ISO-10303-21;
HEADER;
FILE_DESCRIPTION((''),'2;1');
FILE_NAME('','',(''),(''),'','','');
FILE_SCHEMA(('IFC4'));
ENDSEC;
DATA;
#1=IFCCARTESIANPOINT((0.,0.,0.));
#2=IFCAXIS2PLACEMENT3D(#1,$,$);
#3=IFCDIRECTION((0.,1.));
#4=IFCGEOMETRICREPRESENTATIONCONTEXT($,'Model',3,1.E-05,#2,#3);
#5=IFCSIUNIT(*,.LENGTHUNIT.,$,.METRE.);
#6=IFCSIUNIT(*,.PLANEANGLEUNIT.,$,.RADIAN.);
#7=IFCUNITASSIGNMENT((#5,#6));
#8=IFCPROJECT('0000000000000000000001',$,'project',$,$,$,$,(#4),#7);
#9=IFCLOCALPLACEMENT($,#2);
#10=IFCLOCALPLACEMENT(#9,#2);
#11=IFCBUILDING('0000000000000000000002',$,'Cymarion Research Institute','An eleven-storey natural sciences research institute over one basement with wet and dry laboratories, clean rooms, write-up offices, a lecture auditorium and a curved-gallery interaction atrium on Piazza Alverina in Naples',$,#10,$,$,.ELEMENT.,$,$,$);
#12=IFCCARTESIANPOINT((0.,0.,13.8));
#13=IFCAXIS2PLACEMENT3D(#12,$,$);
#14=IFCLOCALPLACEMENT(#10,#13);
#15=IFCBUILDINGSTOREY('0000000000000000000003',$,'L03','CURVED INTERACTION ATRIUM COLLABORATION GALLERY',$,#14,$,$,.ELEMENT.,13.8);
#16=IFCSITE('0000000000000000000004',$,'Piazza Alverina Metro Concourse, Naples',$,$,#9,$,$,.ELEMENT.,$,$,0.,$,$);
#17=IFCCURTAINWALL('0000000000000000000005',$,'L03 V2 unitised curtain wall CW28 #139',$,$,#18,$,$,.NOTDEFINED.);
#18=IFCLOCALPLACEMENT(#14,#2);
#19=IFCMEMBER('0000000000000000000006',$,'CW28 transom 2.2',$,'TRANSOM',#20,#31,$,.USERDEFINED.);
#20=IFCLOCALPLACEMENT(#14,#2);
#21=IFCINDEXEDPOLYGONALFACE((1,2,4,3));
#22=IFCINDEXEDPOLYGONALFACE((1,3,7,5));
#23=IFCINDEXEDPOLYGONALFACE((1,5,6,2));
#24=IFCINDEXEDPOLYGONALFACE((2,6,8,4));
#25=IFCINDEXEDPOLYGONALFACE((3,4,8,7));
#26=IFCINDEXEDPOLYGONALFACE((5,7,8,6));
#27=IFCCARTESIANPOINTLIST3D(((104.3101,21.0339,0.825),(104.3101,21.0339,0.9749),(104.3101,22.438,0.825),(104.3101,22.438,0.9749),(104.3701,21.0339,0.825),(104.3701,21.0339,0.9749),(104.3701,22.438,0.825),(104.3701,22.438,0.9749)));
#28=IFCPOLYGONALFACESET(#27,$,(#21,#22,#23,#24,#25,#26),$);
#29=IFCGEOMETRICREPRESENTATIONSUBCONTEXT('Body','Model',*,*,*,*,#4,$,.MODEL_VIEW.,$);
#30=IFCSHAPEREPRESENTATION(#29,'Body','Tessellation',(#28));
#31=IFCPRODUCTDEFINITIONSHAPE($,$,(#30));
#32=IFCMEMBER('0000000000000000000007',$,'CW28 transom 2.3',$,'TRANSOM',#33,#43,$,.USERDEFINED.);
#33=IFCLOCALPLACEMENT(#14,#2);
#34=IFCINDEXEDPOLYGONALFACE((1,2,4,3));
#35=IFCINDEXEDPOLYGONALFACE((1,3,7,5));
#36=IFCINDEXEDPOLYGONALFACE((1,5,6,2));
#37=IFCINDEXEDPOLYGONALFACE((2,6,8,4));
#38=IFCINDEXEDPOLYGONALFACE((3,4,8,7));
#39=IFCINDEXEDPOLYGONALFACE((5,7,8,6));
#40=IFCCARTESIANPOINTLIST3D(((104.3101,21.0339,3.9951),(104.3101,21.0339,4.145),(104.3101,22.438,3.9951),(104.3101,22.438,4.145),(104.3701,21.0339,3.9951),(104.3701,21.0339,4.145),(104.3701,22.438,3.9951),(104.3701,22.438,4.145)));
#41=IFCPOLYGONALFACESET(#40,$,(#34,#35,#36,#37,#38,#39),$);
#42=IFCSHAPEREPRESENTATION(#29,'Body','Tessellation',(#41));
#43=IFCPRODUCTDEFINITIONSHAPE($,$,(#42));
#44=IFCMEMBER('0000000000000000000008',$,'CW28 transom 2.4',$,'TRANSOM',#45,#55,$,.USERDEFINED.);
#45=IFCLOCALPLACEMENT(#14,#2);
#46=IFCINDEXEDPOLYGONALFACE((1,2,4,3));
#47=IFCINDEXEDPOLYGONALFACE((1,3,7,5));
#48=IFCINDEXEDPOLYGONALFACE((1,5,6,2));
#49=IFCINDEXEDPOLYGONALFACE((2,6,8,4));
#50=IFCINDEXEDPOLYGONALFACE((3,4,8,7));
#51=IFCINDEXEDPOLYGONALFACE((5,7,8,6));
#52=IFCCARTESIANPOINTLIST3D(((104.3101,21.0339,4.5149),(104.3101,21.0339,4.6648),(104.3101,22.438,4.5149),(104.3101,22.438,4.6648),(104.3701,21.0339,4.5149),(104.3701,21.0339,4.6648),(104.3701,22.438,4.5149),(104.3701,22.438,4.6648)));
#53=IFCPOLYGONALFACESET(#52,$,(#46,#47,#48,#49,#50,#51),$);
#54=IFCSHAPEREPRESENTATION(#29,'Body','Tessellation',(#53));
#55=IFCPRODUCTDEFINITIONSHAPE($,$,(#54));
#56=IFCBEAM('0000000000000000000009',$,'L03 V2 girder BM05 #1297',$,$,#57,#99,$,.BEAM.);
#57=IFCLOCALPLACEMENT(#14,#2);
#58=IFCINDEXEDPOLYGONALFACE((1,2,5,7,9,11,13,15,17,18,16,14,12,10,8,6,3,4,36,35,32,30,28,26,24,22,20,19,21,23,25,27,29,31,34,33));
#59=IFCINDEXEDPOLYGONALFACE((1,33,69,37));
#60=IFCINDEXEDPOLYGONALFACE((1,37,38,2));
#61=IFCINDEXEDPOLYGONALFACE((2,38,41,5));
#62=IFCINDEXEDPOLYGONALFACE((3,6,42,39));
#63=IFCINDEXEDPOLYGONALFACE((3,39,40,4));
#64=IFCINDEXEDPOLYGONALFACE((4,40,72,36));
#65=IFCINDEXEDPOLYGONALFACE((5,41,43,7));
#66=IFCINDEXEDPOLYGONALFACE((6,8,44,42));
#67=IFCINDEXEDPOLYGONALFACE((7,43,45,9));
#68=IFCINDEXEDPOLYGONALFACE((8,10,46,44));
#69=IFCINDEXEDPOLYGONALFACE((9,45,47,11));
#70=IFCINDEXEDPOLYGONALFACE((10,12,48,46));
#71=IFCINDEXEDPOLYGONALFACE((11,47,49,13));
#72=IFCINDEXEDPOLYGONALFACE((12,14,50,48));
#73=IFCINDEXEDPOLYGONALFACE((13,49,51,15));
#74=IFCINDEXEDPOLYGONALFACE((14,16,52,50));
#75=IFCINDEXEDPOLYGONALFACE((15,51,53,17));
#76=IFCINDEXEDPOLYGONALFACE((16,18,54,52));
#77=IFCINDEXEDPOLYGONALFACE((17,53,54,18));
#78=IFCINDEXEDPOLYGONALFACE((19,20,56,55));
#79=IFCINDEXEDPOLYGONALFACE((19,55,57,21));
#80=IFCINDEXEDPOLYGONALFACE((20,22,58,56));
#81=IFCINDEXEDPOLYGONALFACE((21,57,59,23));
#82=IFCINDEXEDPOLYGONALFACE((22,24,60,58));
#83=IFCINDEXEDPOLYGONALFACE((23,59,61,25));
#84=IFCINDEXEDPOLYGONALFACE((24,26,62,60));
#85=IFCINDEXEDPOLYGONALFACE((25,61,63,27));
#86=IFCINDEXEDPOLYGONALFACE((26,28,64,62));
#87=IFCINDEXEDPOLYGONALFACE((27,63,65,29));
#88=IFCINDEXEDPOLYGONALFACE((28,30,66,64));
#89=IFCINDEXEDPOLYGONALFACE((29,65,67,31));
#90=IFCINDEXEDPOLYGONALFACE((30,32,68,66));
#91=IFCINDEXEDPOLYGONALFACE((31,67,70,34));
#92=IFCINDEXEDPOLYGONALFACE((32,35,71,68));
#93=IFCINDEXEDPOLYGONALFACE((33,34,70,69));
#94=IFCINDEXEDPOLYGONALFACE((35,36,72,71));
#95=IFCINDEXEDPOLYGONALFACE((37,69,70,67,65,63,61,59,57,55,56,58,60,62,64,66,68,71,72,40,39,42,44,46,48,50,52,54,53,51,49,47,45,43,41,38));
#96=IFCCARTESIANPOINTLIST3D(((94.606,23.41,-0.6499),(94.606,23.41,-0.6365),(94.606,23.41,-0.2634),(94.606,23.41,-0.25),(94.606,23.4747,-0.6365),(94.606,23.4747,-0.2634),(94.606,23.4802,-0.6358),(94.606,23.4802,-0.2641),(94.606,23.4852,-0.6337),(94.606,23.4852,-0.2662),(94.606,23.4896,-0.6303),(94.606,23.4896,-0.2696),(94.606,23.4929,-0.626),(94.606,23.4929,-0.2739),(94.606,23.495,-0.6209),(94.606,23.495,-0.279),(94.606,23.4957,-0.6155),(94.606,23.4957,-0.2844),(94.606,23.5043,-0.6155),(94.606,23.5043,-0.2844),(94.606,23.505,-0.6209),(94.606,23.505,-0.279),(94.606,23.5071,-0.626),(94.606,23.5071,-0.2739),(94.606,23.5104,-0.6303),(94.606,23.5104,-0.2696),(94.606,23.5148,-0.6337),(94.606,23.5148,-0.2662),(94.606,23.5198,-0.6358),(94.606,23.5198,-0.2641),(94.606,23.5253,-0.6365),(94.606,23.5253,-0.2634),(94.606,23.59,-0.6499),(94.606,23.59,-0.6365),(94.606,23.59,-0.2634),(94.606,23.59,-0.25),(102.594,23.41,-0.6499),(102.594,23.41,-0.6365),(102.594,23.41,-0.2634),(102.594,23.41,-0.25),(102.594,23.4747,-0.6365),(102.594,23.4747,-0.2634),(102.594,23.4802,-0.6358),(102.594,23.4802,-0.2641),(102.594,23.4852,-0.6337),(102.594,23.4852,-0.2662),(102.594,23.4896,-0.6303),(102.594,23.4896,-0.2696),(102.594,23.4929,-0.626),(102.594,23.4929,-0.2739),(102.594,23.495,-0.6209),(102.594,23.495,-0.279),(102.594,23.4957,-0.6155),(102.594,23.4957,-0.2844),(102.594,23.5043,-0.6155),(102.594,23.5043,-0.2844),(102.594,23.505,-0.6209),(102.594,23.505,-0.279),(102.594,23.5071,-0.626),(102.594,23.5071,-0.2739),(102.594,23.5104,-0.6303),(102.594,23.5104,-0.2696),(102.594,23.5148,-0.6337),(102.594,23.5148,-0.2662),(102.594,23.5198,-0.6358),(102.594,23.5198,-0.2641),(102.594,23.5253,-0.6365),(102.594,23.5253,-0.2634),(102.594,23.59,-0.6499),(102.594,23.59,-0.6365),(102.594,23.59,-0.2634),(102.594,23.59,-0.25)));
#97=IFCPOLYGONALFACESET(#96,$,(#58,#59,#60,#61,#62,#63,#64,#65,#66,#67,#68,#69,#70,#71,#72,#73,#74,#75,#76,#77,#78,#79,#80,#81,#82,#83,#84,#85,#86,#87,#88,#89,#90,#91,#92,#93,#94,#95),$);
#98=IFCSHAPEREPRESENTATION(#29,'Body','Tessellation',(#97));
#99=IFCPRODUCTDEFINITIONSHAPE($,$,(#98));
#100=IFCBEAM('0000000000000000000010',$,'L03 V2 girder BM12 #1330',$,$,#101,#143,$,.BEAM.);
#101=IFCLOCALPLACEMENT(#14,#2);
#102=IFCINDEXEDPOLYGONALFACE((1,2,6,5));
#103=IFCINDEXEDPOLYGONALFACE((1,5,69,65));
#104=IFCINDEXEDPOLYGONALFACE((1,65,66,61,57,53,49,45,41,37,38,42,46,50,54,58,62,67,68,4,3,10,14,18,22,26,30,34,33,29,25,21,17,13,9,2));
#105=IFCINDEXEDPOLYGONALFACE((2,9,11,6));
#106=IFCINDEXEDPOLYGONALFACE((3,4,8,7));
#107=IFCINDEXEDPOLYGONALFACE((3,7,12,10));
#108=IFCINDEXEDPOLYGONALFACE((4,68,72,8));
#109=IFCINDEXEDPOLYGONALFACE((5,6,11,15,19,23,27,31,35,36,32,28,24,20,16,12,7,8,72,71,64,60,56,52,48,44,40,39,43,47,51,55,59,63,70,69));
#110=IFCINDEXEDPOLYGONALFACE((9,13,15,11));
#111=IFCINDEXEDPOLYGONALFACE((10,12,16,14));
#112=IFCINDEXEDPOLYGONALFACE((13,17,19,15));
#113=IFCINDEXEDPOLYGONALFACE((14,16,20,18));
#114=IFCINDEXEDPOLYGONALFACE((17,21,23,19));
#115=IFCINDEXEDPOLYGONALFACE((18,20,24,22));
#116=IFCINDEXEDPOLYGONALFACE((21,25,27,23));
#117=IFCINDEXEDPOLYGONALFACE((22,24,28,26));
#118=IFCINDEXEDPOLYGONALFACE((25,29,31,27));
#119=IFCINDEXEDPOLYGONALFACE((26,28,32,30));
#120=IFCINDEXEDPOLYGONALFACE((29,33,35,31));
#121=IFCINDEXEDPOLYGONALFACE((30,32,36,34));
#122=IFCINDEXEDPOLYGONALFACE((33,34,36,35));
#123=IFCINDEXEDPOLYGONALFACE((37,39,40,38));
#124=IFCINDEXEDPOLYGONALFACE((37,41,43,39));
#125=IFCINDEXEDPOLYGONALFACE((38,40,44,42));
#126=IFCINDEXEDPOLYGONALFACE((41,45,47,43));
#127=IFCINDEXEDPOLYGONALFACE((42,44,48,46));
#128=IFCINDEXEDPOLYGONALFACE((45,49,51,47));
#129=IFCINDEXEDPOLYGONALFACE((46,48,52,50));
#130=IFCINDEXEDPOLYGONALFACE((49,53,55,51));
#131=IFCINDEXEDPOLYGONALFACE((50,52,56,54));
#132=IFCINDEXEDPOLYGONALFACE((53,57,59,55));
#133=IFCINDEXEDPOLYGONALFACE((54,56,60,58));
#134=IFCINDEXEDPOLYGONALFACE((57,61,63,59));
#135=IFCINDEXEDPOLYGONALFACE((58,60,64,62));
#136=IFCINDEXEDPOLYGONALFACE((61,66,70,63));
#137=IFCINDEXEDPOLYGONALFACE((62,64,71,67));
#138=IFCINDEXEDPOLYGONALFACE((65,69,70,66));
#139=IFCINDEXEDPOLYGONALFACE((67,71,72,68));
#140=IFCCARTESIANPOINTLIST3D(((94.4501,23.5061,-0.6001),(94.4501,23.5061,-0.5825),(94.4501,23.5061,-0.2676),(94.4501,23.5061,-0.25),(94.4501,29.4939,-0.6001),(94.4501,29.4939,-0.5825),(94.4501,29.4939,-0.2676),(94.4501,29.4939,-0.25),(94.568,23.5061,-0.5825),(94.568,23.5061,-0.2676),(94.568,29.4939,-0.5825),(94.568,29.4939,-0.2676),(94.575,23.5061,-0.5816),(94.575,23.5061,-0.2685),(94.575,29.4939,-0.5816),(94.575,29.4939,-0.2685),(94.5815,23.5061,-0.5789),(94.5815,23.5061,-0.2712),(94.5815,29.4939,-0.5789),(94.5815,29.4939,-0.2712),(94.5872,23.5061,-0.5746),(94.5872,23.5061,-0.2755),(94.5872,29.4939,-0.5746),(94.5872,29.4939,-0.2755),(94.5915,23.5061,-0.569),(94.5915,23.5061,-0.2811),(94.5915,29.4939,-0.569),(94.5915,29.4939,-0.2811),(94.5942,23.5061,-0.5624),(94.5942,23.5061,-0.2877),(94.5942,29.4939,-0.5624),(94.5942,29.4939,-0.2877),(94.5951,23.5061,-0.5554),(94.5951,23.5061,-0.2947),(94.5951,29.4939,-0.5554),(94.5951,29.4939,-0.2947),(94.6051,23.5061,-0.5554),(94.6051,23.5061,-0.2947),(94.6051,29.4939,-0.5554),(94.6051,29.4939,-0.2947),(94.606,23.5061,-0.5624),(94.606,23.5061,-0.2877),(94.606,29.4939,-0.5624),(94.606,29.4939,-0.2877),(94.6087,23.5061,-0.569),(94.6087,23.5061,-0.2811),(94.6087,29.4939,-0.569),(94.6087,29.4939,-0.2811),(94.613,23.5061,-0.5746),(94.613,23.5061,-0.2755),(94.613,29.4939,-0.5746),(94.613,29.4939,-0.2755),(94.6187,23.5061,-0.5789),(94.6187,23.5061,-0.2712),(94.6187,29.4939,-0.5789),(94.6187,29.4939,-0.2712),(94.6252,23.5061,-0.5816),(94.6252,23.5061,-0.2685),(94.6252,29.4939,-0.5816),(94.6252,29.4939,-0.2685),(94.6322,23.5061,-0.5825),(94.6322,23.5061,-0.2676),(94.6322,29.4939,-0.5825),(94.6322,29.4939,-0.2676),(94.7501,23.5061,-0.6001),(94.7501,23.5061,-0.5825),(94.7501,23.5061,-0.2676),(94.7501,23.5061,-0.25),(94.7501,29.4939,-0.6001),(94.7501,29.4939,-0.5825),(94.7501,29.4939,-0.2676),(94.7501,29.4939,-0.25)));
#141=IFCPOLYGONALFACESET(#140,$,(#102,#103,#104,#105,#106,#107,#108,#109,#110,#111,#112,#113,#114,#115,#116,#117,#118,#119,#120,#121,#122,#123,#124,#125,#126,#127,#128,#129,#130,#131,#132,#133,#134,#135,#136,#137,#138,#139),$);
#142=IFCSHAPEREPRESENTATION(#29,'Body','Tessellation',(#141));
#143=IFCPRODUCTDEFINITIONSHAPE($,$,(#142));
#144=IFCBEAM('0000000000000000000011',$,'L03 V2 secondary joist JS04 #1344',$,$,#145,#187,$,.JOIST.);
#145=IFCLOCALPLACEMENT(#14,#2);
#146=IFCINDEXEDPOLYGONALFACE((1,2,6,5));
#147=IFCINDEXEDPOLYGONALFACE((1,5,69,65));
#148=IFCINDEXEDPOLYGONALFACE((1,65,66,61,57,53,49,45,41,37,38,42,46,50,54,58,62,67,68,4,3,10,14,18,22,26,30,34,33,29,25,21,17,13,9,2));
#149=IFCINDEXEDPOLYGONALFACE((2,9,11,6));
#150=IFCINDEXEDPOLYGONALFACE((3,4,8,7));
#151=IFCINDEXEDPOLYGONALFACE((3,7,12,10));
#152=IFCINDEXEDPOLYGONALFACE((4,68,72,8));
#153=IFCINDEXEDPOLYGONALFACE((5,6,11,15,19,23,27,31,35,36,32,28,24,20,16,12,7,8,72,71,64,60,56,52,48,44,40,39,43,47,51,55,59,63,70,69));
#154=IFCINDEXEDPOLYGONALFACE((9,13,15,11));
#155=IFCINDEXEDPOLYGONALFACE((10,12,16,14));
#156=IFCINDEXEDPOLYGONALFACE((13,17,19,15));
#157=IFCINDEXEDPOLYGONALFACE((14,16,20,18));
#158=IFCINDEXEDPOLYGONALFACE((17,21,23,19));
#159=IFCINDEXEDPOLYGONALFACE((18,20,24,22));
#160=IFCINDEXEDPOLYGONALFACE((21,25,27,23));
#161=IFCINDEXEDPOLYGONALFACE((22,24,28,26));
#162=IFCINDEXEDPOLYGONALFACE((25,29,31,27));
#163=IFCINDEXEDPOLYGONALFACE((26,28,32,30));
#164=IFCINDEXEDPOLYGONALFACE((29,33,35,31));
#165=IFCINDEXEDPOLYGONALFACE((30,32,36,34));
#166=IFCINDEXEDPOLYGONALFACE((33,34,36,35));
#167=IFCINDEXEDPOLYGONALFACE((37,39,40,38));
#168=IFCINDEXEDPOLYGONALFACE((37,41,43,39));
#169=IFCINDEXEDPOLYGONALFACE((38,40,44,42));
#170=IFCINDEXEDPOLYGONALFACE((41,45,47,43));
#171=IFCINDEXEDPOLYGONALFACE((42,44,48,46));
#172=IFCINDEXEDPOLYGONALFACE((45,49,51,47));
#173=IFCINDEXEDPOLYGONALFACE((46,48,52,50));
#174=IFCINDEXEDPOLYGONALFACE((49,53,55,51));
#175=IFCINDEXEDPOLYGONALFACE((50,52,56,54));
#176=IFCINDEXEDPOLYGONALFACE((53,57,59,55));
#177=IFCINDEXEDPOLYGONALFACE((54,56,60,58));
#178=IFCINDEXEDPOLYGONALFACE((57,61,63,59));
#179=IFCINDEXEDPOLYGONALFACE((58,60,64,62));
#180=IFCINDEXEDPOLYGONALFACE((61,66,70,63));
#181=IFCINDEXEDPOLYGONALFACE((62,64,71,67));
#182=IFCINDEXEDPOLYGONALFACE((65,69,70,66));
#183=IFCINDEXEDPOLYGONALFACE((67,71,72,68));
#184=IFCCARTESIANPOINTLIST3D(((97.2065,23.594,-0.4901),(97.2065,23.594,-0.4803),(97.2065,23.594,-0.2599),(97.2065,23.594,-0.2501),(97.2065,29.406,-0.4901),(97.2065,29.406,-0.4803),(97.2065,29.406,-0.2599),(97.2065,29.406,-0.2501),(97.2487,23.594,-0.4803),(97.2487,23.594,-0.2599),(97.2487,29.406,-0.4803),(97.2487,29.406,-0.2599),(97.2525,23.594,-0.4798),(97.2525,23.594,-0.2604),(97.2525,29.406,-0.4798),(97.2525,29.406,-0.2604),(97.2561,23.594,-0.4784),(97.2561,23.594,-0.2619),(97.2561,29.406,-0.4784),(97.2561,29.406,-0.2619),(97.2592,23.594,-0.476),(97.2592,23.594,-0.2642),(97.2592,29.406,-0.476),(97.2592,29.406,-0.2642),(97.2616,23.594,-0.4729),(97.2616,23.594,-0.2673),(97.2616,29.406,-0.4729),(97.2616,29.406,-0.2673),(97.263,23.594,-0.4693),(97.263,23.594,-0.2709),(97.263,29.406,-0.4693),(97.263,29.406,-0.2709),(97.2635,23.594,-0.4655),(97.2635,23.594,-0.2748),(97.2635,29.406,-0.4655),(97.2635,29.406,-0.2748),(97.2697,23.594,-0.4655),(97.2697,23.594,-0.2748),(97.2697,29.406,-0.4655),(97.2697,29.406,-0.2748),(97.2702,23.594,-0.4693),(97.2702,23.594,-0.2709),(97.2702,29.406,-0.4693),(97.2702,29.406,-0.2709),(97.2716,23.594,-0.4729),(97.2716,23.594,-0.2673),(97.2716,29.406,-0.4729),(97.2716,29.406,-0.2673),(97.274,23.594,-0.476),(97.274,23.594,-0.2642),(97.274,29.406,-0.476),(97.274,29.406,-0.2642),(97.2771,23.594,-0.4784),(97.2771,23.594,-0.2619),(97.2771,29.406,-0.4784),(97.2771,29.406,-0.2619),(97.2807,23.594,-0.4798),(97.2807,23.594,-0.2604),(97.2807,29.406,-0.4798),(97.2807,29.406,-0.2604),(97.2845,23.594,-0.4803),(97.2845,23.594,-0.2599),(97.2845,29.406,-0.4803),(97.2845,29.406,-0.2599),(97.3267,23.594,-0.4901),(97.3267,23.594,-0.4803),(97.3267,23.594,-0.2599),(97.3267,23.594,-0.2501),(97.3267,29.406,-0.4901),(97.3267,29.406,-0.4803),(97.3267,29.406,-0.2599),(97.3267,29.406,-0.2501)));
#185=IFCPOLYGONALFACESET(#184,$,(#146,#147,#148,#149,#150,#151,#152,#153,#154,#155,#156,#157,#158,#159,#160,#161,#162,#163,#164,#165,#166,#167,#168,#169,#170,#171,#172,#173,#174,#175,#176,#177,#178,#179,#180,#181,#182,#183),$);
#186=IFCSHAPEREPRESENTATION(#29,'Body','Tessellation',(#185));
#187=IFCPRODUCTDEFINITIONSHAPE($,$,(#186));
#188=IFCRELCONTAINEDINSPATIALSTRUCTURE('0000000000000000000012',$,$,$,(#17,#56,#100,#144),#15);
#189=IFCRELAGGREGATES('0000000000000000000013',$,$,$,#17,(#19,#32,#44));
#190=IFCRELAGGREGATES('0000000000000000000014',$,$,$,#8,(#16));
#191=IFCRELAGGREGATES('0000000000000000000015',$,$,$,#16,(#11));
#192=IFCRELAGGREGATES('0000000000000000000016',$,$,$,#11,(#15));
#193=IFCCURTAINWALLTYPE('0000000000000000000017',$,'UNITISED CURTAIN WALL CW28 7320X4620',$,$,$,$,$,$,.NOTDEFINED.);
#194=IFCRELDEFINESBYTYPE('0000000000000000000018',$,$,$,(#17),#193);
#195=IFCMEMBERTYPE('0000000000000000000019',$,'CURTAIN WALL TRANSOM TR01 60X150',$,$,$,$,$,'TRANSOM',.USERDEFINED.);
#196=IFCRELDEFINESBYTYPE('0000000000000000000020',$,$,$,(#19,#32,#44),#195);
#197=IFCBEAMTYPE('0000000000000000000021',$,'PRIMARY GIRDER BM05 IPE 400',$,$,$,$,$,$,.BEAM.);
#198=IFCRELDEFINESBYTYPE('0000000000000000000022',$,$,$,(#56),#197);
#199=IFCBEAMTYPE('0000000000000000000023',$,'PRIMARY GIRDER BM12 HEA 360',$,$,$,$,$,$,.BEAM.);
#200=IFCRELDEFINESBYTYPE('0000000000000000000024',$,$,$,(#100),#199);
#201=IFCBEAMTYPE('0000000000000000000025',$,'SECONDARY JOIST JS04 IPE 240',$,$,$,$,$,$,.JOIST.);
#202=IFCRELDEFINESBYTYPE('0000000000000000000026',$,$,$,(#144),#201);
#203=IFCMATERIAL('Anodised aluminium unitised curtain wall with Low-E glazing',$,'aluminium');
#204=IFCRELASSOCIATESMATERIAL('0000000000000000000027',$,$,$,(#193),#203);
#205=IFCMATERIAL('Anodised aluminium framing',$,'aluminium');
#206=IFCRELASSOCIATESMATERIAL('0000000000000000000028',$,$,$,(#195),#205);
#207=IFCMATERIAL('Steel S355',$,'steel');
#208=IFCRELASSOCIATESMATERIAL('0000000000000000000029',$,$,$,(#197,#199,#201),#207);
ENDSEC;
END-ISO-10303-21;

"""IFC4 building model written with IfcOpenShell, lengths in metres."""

from ifc_helpers import new_model, si_unit, direction, frame, origin, origin_2d, place, context, subcontext, project, spatial, rectangle, i_section, extrude, material, material_profile, profile_set, type_object, element, aggregate, save


model = new_model("IFC4")

# Units and contexts
model_context = context("Model", 3, precision=1e-05, world=origin(), true_north=direction((0.0, 1.0)))
body_context = subcontext(model_context, "Body", "Model", "MODEL_VIEW")
ifc_project = project(units=[si_unit("LENGTHUNIT", "METRE"), si_unit("PLANEANGLEUNIT", "RADIAN")], contexts=[model_context])

# Site, building, storey
site_placement = place(None, origin())
site = spatial("IfcSite", under=ifc_project, at=site_placement, Name="Piazza Alverina Metro Concourse, Naples", CompositionType="ELEMENT", RefElevation=0.0)
building_placement = place(site_placement, origin())
building = spatial("IfcBuilding", under=site, at=building_placement, Name="Cymarion Research Institute", Description="An eleven-storey natural sciences research institute over one basement with wet and dry laboratories, clean rooms, write-up offices, a lecture auditorium and a curved-gallery interaction atrium on Piazza Alverina in Naples", CompositionType="ELEMENT")
storey_placement = place(building_placement, frame((0.0, 0.0, 13.8)))
storey = spatial("IfcBuildingStorey", under=building, at=storey_placement, Name="L03", Description="CURVED INTERACTION ATRIUM COLLABORATION GALLERY", CompositionType="ELEMENT", Elevation=13.8)

# Shared definitions
ifc_material_1 = material(Name="Steel S355", Category="steel")

# Curtain wall, members
ifc_material_2 = material(Name="Anodised aluminium unitised curtain wall with Low-E glazing", Category="aluminium")
curtain_wall_type = type_object("IfcCurtainWallType", Name="UNITISED CURTAIN WALL CW28 7320X4620", PredefinedType="NOTDEFINED", material=ifc_material_2)
curtain_wall_placement = place(storey_placement, origin())
curtain_wall = element("IfcCurtainWall", 1, at=curtain_wall_placement, inside=storey, type_object=curtain_wall_type, Name="L03 V2 unitised curtain wall CW28 #139", PredefinedType="NOTDEFINED")
ifc_material_3 = material(Name="Anodised aluminium framing", Category="aluminium")
ifc_material_profile_1 = material_profile(ifc_material_3, rectangle(XDim=0.0601, YDim=0.1499, at=origin_2d()), Name="ALU TRANSOM 60x150")
ifc_profile_set_1 = profile_set([ifc_material_profile_1], Name="Anodised aluminium framing")
member_type_1 = type_object("IfcMemberType", Name="CURTAIN WALL TRANSOM TR01 60X150", ElementType="TRANSOM", PredefinedType="USERDEFINED", material=ifc_profile_set_1)
member_1_placement = place(storey_placement, frame((104.3401, 21.0339, 0.8999), z_axis=(0.0, 1.0, 0.0), x_axis=(-1.0, 0.0, 0.0)))
member_1 = element("IfcMember", 2, at=member_1_placement, type_object=member_type_1, Name="CW28 transom 2.2", ObjectType="TRANSOM", PredefinedType="USERDEFINED", context=body_context, shape_type="SweptSolid", body=[
    extrude(rectangle(XDim=0.0601, YDim=0.1499, at=origin_2d()), origin(), (0.0, 0.0, 1.0), 1.4041),
])
member_2_placement = place(storey_placement, frame((104.3401, 21.0339, 4.0701), z_axis=(0.0, 1.0, 0.0), x_axis=(-1.0, 0.0, 0.0)))
member_2 = element("IfcMember", 3, at=member_2_placement, type_object=member_type_1, Name="CW28 transom 2.3", ObjectType="TRANSOM", PredefinedType="USERDEFINED", context=body_context, shape_type="SweptSolid", body=[
    extrude(rectangle(XDim=0.0601, YDim=0.1499, at=origin_2d()), origin(), (0.0, 0.0, 1.0), 1.4041),
])
member_3_placement = place(storey_placement, frame((104.3401, 21.0339, 4.5898), z_axis=(0.0, 1.0, 0.0), x_axis=(-1.0, 0.0, 0.0)))
member_3 = element("IfcMember", 4, at=member_3_placement, type_object=member_type_1, Name="CW28 transom 2.4", ObjectType="TRANSOM", PredefinedType="USERDEFINED", context=body_context, shape_type="SweptSolid", body=[
    extrude(rectangle(XDim=0.0601, YDim=0.1499, at=origin_2d()), origin(), (0.0, 0.0, 1.0), 1.4041),
])

# Beams
ifc_material_profile_2 = material_profile(ifc_material_1, i_section(OverallWidth=0.1799, OverallDepth=0.3999, WebThickness=0.0085, FlangeThickness=0.0134, FilletRadius=0.021, at=origin_2d()), Name="IPE 400")
ifc_profile_set_2 = profile_set([ifc_material_profile_2], Name="Steel S355")
beam_type_1 = type_object("IfcBeamType", Name="PRIMARY GIRDER BM05 IPE 400", PredefinedType="BEAM", material=ifc_profile_set_2)
beam_1_placement = place(storey_placement, frame((94.606, 23.5, -0.45), z_axis=(1.0, 0.0, 0.0), x_axis=(0.0, 1.0, 0.0)))
element("IfcBeam", 5, at=beam_1_placement, inside=storey, type_object=beam_type_1, Name="L03 V2 girder BM05 #1297", PredefinedType="BEAM", context=body_context, shape_type="SweptSolid", body=[
    extrude(i_section(OverallWidth=0.1799, OverallDepth=0.3999, WebThickness=0.0085, FlangeThickness=0.0134, FilletRadius=0.021, at=origin_2d()), origin(), (0.0, 0.0, 1.0), 7.988),
])
ifc_material_profile_3 = material_profile(ifc_material_1, i_section(OverallWidth=0.3, OverallDepth=0.3501, WebThickness=0.01, FlangeThickness=0.0176, FilletRadius=0.0271, at=origin_2d()), Name="HEA 360")
ifc_profile_set_3 = profile_set([ifc_material_profile_3], Name="Steel S355")
beam_type_2 = type_object("IfcBeamType", Name="PRIMARY GIRDER BM12 HEA 360", PredefinedType="BEAM", material=ifc_profile_set_3)
beam_2_placement = place(storey_placement, frame((94.6001, 23.5061, -0.425), z_axis=(0.0, 1.0, 0.0), x_axis=(-1.0, 0.0, 0.0)))
element("IfcBeam", 6, at=beam_2_placement, inside=storey, type_object=beam_type_2, Name="L03 V2 girder BM12 #1330", PredefinedType="BEAM", context=body_context, shape_type="SweptSolid", body=[
    extrude(i_section(OverallWidth=0.3, OverallDepth=0.3501, WebThickness=0.01, FlangeThickness=0.0176, FilletRadius=0.0271, at=origin_2d()), origin(), (0.0, 0.0, 1.0), 5.9878),
])
ifc_material_profile_4 = material_profile(ifc_material_1, i_section(OverallWidth=0.1201, OverallDepth=0.24, WebThickness=0.0061, FlangeThickness=0.0098, FilletRadius=0.0149, at=origin_2d()), Name="IPE 240")
ifc_profile_set_4 = profile_set([ifc_material_profile_4], Name="Steel S355")
beam_type_3 = type_object("IfcBeamType", Name="SECONDARY JOIST JS04 IPE 240", PredefinedType="JOIST", material=ifc_profile_set_4)
for number, where, z_axis, x_axis, name in (
    (7, (97.2666, 23.594, -0.3701), (0.0, 1.0, 0.0), (-1.0, 0.0, 0.0), "L03 V2 secondary joist JS04 #1344"),
):
    element("IfcBeam", number, at=place(storey_placement, frame(where, z_axis=z_axis, x_axis=x_axis)), inside=storey, type_object=beam_type_3, Name=name, PredefinedType="JOIST", context=body_context, shape_type="SweptSolid", body=[
        extrude(i_section(OverallWidth=0.1201, OverallDepth=0.24, WebThickness=0.0061, FlangeThickness=0.0098, FilletRadius=0.0149, at=origin_2d()), origin(), (0.0, 0.0, 1.0), 5.812),
    ])

aggregate(curtain_wall, [member_1, member_2, member_3])

save(model, "model.ifc")
